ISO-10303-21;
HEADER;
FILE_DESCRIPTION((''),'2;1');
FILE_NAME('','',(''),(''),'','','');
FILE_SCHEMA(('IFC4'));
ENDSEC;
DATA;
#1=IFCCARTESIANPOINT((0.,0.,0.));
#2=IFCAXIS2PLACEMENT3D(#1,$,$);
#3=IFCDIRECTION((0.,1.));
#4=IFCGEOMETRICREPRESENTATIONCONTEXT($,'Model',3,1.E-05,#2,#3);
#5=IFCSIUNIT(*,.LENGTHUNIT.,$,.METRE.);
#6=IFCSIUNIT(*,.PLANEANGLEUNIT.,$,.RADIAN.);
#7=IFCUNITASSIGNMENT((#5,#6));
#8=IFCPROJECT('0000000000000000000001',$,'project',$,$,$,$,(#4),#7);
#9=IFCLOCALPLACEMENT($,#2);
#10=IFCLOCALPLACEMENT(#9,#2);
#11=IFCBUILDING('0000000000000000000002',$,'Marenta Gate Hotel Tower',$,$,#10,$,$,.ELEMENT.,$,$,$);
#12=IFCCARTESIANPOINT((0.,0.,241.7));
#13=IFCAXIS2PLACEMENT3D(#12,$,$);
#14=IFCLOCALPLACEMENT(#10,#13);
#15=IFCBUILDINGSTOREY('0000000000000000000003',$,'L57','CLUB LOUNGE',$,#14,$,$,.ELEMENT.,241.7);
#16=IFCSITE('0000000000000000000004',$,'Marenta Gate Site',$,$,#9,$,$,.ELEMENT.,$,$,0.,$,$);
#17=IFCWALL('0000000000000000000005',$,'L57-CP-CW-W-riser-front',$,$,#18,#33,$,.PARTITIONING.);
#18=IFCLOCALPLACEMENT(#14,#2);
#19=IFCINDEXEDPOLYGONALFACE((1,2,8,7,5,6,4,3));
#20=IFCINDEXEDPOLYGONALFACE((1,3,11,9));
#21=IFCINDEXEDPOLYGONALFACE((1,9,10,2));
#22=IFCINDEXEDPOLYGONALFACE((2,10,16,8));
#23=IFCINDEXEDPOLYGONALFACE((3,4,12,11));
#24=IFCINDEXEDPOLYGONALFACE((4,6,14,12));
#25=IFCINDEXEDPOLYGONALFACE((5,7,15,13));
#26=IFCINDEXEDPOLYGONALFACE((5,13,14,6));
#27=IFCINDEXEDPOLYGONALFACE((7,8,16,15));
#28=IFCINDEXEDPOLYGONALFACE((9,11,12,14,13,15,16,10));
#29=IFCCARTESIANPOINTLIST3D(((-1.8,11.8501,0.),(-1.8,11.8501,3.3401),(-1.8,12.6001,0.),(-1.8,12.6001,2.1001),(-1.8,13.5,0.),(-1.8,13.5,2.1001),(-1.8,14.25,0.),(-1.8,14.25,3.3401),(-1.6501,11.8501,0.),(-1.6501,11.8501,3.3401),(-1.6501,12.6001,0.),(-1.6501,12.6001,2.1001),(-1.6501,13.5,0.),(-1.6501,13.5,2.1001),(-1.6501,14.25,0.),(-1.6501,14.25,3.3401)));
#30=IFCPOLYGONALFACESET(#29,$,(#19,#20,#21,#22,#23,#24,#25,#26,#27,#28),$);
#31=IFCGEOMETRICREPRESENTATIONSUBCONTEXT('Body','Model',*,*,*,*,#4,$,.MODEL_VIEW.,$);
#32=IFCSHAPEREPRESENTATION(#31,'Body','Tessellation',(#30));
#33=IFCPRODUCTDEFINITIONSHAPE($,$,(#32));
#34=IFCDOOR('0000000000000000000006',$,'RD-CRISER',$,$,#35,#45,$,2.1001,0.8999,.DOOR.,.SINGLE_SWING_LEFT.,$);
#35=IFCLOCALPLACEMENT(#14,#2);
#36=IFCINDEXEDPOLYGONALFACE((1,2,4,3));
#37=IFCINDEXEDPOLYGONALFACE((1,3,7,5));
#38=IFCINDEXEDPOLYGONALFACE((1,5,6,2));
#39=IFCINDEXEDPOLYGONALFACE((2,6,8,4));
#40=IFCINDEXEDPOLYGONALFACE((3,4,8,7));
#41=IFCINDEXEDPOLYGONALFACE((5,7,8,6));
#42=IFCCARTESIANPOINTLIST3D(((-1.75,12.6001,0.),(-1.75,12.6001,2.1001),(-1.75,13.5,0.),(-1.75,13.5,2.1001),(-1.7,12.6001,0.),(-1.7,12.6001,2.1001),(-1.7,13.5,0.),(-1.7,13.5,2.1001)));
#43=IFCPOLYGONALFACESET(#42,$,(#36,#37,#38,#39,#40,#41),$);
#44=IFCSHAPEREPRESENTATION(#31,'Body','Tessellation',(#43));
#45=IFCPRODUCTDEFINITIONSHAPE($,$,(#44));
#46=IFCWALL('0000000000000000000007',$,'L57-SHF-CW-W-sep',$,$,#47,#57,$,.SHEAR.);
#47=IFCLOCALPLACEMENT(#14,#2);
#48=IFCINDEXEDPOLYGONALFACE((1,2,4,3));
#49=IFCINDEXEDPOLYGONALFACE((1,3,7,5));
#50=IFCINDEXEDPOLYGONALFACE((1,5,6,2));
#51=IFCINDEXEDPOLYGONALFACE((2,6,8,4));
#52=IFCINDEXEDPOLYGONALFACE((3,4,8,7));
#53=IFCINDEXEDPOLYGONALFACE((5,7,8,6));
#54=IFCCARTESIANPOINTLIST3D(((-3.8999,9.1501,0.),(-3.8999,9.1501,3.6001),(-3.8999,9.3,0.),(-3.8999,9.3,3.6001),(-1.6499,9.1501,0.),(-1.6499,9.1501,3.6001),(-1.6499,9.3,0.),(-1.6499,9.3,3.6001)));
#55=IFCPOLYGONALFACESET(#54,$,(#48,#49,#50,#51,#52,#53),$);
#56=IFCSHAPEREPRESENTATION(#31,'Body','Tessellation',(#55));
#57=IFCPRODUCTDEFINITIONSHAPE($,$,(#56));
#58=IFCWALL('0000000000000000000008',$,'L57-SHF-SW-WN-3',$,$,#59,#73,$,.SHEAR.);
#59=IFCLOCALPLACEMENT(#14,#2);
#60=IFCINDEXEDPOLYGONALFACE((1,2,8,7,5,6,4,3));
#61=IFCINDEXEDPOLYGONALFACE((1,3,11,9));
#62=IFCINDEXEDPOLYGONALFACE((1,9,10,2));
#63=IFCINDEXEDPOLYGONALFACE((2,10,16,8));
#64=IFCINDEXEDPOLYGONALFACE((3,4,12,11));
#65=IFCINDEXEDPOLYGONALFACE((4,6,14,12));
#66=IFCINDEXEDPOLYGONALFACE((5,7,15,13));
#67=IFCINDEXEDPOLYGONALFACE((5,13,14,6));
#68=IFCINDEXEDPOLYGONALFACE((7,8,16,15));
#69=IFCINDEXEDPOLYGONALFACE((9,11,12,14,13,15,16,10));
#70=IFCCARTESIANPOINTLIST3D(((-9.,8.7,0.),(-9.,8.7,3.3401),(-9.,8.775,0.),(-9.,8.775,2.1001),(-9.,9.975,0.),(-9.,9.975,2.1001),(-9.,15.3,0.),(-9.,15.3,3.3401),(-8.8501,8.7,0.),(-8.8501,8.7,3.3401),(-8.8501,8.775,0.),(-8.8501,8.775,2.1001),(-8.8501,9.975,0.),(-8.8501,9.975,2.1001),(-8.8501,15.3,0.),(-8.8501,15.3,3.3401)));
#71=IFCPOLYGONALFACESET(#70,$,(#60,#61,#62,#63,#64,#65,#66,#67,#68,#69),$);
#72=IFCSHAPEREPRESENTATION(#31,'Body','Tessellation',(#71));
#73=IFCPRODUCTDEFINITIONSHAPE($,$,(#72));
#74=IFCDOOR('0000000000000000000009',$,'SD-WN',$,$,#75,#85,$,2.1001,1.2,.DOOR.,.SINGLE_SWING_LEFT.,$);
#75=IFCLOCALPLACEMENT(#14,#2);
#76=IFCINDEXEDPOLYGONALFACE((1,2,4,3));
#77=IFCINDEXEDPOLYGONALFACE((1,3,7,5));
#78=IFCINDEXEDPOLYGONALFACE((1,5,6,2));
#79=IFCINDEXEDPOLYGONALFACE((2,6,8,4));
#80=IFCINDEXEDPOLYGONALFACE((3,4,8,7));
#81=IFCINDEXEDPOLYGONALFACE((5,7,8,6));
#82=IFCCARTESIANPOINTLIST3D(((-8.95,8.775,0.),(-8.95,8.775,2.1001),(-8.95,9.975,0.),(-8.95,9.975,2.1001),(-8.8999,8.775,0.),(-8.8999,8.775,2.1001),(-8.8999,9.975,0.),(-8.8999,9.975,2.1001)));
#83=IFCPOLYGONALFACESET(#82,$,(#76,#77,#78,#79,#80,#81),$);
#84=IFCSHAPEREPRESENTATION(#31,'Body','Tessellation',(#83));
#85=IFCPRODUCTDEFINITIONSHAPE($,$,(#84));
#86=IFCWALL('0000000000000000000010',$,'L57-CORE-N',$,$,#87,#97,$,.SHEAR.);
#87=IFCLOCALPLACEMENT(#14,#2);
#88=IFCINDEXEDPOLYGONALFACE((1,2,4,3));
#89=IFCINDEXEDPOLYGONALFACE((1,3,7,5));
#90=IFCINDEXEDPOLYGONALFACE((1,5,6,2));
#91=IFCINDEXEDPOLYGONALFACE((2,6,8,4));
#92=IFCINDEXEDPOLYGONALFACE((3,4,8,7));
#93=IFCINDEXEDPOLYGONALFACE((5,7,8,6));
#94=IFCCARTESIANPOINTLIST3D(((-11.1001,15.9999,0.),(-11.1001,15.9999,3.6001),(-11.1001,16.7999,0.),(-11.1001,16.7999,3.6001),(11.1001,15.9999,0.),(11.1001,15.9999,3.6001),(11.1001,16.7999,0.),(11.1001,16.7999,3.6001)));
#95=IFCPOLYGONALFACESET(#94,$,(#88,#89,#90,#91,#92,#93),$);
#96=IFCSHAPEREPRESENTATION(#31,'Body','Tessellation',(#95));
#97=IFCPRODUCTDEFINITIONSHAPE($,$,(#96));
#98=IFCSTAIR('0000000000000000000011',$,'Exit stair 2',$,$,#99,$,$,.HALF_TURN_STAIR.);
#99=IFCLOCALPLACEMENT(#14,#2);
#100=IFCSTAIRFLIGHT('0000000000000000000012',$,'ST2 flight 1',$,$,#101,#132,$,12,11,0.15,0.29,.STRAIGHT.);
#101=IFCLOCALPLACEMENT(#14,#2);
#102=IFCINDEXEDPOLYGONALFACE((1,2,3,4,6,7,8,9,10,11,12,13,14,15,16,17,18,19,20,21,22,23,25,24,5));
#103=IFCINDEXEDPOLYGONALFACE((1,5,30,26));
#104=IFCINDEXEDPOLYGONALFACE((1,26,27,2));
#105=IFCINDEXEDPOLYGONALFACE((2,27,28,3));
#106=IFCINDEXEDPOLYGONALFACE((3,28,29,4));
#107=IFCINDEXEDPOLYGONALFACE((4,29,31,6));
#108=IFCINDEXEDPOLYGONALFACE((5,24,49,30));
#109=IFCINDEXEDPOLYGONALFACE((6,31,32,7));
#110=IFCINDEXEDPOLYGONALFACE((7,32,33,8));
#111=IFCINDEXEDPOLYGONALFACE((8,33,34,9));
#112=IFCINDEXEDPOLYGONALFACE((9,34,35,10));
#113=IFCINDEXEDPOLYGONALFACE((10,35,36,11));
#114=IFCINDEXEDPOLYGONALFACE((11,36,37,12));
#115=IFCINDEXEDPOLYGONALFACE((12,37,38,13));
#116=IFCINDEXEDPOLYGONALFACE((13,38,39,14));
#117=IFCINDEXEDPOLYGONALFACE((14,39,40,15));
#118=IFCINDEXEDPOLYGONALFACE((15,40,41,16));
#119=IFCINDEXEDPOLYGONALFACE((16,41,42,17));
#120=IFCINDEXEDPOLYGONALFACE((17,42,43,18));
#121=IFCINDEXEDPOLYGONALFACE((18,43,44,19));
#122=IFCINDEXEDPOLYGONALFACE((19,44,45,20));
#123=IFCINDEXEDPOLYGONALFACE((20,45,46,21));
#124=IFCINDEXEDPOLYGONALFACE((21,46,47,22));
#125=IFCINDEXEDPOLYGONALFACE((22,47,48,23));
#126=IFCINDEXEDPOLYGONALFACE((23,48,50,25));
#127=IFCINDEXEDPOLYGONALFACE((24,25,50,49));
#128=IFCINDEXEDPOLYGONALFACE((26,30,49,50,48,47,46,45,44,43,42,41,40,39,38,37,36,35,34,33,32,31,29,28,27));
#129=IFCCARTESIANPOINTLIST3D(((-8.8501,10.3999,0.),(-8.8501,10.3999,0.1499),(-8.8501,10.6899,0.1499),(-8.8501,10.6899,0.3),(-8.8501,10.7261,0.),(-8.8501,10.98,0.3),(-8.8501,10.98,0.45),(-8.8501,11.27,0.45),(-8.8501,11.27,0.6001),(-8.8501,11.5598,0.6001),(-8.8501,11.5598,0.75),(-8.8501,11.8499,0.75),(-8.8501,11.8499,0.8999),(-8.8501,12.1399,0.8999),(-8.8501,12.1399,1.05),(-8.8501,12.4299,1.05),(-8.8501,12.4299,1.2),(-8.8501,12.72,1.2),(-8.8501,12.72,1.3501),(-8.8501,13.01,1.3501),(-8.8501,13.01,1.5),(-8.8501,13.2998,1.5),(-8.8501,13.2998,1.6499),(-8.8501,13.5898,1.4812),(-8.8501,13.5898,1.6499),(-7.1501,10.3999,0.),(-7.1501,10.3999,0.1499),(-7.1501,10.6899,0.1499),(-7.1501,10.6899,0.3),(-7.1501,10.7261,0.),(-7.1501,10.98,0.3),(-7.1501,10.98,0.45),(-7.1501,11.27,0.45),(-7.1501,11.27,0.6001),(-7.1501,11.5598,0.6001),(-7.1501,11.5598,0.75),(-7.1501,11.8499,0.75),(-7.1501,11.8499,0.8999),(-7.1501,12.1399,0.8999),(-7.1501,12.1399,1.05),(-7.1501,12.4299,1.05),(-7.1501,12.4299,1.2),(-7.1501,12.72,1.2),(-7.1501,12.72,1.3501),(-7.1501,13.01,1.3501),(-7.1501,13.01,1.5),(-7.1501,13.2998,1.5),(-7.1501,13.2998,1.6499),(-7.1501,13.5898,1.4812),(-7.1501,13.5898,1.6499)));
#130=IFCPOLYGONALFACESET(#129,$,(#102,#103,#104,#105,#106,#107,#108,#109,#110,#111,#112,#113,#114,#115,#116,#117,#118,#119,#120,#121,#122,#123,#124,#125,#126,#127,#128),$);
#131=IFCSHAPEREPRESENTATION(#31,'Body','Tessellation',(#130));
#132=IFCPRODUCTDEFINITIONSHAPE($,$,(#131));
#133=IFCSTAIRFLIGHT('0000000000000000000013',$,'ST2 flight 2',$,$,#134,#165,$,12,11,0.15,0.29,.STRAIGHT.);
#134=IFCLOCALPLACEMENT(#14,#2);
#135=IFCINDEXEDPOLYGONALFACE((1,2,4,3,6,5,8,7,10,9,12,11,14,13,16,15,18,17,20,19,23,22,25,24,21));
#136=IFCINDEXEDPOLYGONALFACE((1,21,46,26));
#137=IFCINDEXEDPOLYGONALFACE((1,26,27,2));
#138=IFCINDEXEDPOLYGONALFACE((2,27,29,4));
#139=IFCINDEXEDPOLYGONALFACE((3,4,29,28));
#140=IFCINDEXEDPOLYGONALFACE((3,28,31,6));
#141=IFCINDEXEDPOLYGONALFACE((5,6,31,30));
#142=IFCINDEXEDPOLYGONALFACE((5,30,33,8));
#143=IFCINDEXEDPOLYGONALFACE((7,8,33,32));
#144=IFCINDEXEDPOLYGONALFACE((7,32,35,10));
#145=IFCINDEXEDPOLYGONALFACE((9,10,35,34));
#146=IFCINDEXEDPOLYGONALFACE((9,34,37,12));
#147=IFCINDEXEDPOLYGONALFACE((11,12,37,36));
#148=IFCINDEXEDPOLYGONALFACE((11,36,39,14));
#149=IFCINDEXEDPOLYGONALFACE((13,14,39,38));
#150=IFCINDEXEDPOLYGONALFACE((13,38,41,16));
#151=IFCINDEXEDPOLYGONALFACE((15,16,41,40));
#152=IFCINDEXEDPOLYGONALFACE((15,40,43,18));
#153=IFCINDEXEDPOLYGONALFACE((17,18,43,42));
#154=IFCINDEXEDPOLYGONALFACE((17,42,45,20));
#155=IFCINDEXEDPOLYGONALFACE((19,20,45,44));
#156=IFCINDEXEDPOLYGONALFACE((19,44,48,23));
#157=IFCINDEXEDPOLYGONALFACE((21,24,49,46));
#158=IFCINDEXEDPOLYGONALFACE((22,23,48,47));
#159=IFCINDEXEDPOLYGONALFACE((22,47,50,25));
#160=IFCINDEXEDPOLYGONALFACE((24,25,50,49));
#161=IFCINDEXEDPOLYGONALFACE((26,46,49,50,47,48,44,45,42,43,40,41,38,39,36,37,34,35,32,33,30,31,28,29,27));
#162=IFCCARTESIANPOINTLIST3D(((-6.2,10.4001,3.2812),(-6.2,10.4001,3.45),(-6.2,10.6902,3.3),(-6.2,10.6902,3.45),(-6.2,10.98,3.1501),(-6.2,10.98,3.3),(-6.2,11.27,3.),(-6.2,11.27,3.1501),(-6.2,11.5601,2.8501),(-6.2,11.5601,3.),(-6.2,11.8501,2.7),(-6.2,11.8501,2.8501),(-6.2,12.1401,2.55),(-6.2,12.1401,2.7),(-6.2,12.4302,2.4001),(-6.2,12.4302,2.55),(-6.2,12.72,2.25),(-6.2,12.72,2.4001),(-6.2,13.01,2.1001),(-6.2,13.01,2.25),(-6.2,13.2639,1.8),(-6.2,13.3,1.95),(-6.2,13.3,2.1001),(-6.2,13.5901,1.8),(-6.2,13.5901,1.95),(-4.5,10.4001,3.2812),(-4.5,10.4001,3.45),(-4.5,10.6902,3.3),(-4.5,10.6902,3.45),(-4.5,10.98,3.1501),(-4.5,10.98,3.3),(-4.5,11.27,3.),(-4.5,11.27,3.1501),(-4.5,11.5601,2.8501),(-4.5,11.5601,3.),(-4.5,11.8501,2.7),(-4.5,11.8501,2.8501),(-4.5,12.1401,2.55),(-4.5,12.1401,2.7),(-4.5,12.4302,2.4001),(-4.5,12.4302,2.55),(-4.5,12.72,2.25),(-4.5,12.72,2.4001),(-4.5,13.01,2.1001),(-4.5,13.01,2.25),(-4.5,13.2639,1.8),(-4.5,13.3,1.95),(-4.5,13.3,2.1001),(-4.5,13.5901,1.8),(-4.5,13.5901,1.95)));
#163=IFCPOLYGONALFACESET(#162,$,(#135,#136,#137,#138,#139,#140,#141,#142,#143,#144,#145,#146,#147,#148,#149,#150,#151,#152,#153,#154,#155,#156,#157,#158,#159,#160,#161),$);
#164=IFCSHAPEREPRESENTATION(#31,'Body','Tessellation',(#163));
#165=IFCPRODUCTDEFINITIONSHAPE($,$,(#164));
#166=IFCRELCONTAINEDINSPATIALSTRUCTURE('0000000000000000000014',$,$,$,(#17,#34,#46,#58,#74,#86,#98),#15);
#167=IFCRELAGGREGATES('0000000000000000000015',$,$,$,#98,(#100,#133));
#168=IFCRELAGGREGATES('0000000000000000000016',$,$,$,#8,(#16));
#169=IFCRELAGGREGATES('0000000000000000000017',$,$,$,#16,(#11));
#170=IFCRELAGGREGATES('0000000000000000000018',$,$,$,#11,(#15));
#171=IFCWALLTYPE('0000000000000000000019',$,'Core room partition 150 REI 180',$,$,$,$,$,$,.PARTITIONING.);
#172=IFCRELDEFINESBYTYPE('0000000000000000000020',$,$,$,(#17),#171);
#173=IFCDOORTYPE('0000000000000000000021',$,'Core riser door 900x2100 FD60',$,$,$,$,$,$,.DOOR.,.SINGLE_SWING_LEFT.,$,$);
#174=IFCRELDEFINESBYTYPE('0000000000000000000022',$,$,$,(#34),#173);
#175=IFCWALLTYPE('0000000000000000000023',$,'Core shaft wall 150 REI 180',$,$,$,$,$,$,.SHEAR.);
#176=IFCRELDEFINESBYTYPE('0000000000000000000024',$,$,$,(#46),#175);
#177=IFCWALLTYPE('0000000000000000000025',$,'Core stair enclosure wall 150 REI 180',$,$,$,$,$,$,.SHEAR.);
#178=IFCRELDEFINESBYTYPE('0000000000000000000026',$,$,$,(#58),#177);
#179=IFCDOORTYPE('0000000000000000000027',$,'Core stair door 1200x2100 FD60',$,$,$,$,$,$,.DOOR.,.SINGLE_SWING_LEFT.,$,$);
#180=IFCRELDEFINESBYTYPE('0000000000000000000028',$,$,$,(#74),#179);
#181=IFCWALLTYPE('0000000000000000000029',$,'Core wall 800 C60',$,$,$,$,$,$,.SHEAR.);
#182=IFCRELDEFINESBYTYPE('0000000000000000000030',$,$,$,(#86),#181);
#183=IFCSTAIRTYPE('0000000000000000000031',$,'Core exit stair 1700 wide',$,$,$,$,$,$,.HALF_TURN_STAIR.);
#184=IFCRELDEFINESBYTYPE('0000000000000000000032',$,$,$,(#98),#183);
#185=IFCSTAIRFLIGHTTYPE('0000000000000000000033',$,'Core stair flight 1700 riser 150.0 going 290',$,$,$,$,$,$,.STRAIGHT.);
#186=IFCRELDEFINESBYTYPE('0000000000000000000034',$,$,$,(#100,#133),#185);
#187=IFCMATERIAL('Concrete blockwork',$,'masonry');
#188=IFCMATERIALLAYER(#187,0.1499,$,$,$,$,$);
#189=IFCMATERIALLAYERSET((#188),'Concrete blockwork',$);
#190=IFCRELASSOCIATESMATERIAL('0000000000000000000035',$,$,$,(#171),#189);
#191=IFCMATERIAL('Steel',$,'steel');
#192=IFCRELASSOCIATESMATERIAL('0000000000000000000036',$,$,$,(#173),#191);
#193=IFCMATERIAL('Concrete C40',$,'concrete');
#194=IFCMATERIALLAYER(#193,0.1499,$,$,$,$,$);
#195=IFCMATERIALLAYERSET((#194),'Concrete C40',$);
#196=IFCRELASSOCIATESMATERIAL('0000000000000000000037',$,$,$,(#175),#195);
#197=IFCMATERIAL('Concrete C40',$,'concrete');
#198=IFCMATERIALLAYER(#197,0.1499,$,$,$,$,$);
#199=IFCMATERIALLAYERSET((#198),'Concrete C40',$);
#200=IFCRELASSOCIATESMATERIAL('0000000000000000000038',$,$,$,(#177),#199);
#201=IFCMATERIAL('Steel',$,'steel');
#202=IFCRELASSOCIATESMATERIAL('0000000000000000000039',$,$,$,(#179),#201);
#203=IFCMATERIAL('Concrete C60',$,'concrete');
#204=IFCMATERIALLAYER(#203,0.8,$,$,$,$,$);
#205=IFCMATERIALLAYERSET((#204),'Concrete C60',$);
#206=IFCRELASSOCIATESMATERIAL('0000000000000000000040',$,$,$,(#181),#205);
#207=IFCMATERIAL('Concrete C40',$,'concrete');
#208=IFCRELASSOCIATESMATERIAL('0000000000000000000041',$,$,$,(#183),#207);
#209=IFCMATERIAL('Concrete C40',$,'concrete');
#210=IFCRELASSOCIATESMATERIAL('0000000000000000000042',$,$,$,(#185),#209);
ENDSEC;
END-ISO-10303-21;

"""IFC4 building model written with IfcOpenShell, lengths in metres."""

from ifc_helpers import new_model, si_unit, direction, frame, frame_2d, origin, place, context, subcontext, project, spatial, polyline, rectangle, outline, extrude, material, layer, layer_set, type_object, element, fill, aggregate, save


model = new_model("IFC4")

# Units and contexts
model_context = context("Model", 3, precision=1e-05, world=origin(), true_north=direction((0.0, 1.0)))
body_context = subcontext(model_context, "Body", "Model", "MODEL_VIEW")
ifc_project = project(units=[si_unit("LENGTHUNIT", "METRE"), si_unit("PLANEANGLEUNIT", "RADIAN")], contexts=[model_context])

# Site, building, storey
site_placement = place(None, origin())
site = spatial("IfcSite", under=ifc_project, at=site_placement, Name="Marenta Gate Site", CompositionType="ELEMENT", RefElevation=0.0)
building_placement = place(site_placement, origin())
building = spatial("IfcBuilding", under=site, at=building_placement, Name="Marenta Gate Hotel Tower", CompositionType="ELEMENT")
storey_placement = place(building_placement, frame((0.0, 0.0, 241.7)))
storey = spatial("IfcBuildingStorey", under=building, at=storey_placement, Name="L57", Description="CLUB LOUNGE", CompositionType="ELEMENT", Elevation=241.7)

# Wall, opening, door
ifc_material_1 = material(Name="Concrete blockwork", Category="masonry")
ifc_layer_1 = layer(ifc_material_1, 0.1499)
ifc_layer_set_1 = layer_set([ifc_layer_1], Name="Concrete blockwork")
wall_type_1 = type_object("IfcWallType", Name="Core room partition 150 REI 180", PredefinedType="PARTITIONING", material=ifc_layer_set_1)
wall_1_placement = place(storey_placement, frame((-1.7251, 11.8501, 0.0), z_axis=(0.0, 0.0, 1.0), x_axis=(0.0, 1.0, 0.0)))
wall_1 = element("IfcWall", 1, at=wall_1_placement, inside=storey, type_object=wall_type_1, Name="L57-CP-CW-W-riser-front", PredefinedType="PARTITIONING", context=body_context, shape_type="SweptSolid", body=[
    extrude(rectangle(XDim=2.3999, YDim=0.1499, at=frame_2d((1.2, 0.0))), origin(), (0.0, 0.0, 1.0), 3.3401),
])
opening_1_placement = place(wall_1_placement, frame((0.75, 0.0, 0.0)))
opening_1 = element("IfcOpeningElement", 2, at=opening_1_placement, cuts=wall_1, PredefinedType="OPENING", context=body_context, shape_type="SweptSolid", body=[
    extrude(rectangle(XDim=0.8999, YDim=2.1001, at=frame_2d((0.45, 1.05))), frame((0.0, 0.075, 0.0), z_axis=(0.0, -1.0, 0.0), x_axis=(1.0, 0.0, 0.0)), (0.0, 0.0, 1.0), 0.1499),
])
ifc_material_2 = material(Name="Steel", Category="steel")
door_type_1 = type_object("IfcDoorType", Name="Core riser door 900x2100 FD60", OperationType="SINGLE_SWING_LEFT", PredefinedType="DOOR", material=ifc_material_2)
door_1_placement = place(opening_1_placement, origin())
door_1 = element("IfcDoor", 3, at=door_1_placement, inside=storey, type_object=door_type_1, Name="RD-CRISER", OperationType="SINGLE_SWING_LEFT", OverallHeight=2.1001, OverallWidth=0.8999, PredefinedType="DOOR", context=body_context, shape_type="SweptSolid", body=[
    extrude(rectangle(XDim=0.8999, YDim=2.1001, at=frame_2d((0.45, 1.05))), frame((0.0, 0.0249, 0.0), z_axis=(0.0, -1.0, 0.0), x_axis=(1.0, 0.0, 0.0)), (0.0, 0.0, 1.0), 0.05),
])
fill(opening_1, door_1)

# Wall
ifc_material_3 = material(Name="Concrete C40", Category="concrete")
ifc_layer_2 = layer(ifc_material_3, 0.1499)
ifc_layer_set_2 = layer_set([ifc_layer_2], Name="Concrete C40")
wall_type_2 = type_object("IfcWallType", Name="Core shaft wall 150 REI 180", PredefinedType="SHEAR", material=ifc_layer_set_2)
wall_2_placement = place(storey_placement, frame((-3.8999, 9.2251, 0.0), z_axis=(0.0, 0.0, 1.0), x_axis=(1.0, 0.0, 0.0)))
element("IfcWall", 4, at=wall_2_placement, inside=storey, type_object=wall_type_2, Name="L57-SHF-CW-W-sep", PredefinedType="SHEAR", context=body_context, shape_type="SweptSolid", body=[
    extrude(rectangle(XDim=2.25, YDim=0.1499, at=frame_2d((1.125, 0.0))), origin(), (0.0, 0.0, 1.0), 3.6001),
])

# Wall, opening, door
ifc_material_4 = material(Name="Concrete C40", Category="concrete")
ifc_layer_3 = layer(ifc_material_4, 0.1499)
ifc_layer_set_3 = layer_set([ifc_layer_3], Name="Concrete C40")
wall_type_3 = type_object("IfcWallType", Name="Core stair enclosure wall 150 REI 180", PredefinedType="SHEAR", material=ifc_layer_set_3)
wall_3_placement = place(storey_placement, frame((-8.925, 8.7, 0.0), z_axis=(0.0, 0.0, 1.0), x_axis=(0.0, 1.0, 0.0)))
wall_3 = element("IfcWall", 5, at=wall_3_placement, inside=storey, type_object=wall_type_3, Name="L57-SHF-SW-WN-3", PredefinedType="SHEAR", context=body_context, shape_type="SweptSolid", body=[
    extrude(rectangle(XDim=6.6001, YDim=0.1499, at=frame_2d((3.3, 0.0))), origin(), (0.0, 0.0, 1.0), 3.3401),
])
opening_2_placement = place(wall_3_placement, frame((0.075, 0.0, 0.0)))
opening_2 = element("IfcOpeningElement", 6, at=opening_2_placement, cuts=wall_3, PredefinedType="OPENING", context=body_context, shape_type="SweptSolid", body=[
    extrude(rectangle(XDim=1.2, YDim=2.1001, at=frame_2d((0.6001, 1.05))), frame((0.0, 0.075, 0.0), z_axis=(0.0, -1.0, 0.0), x_axis=(1.0, 0.0, 0.0)), (0.0, 0.0, 1.0), 0.1499),
])
ifc_material_5 = material(Name="Steel", Category="steel")
door_type_2 = type_object("IfcDoorType", Name="Core stair door 1200x2100 FD60", OperationType="SINGLE_SWING_LEFT", PredefinedType="DOOR", material=ifc_material_5)
door_2_placement = place(opening_2_placement, origin())
door_2 = element("IfcDoor", 7, at=door_2_placement, inside=storey, type_object=door_type_2, Name="SD-WN", OperationType="SINGLE_SWING_LEFT", OverallHeight=2.1001, OverallWidth=1.2, PredefinedType="DOOR", context=body_context, shape_type="SweptSolid", body=[
    extrude(rectangle(XDim=1.2, YDim=2.1001, at=frame_2d((0.6001, 1.05))), frame((0.0, 0.0249, 0.0), z_axis=(0.0, -1.0, 0.0), x_axis=(1.0, 0.0, 0.0)), (0.0, 0.0, 1.0), 0.05),
])
fill(opening_2, door_2)

# Wall
ifc_material_6 = material(Name="Concrete C60", Category="concrete")
ifc_layer_4 = layer(ifc_material_6, 0.8)
ifc_layer_set_4 = layer_set([ifc_layer_4], Name="Concrete C60")
wall_type_4 = type_object("IfcWallType", Name="Core wall 800 C60", PredefinedType="SHEAR", material=ifc_layer_set_4)
wall_4_placement = place(storey_placement, frame((-11.1001, 16.3999, 0.0), z_axis=(0.0, 0.0, 1.0), x_axis=(1.0, 0.0, 0.0)))
element("IfcWall", 8, at=wall_4_placement, inside=storey, type_object=wall_type_4, Name="L57-CORE-N", PredefinedType="SHEAR", context=body_context, shape_type="SweptSolid", body=[
    extrude(rectangle(XDim=22.2002, YDim=0.8, at=frame_2d((11.1001, 0.0))), origin(), (0.0, 0.0, 1.0), 3.6001),
])

# Stair, stair flights
ifc_material_7 = material(Name="Concrete C40", Category="concrete")
stair_type = type_object("IfcStairType", Name="Core exit stair 1700 wide", PredefinedType="HALF_TURN_STAIR", material=ifc_material_7)
stair_placement = place(storey_placement, origin())
stair = element("IfcStair", 9, at=stair_placement, inside=storey, type_object=stair_type, Name="Exit stair 2", PredefinedType="HALF_TURN_STAIR")
ifc_material_8 = material(Name="Concrete C40", Category="concrete")
stair_flight_type = type_object("IfcStairFlightType", Name="Core stair flight 1700 riser 150.0 going 290", PredefinedType="STRAIGHT", material=ifc_material_8)
stair_flight_1_placement = place(storey_placement, frame((-8.0, 10.3999, 0.0), z_axis=(0.0, 0.0, 1.0), x_axis=(0.0, 1.0, 0.0)))
stair_flight_1 = element("IfcStairFlight", 10, at=stair_flight_1_placement, type_object=stair_flight_type, Name="ST2 flight 1", NumberOfRisers=12, NumberOfTreads=11, PredefinedType="STRAIGHT", RiserHeight=0.15, TreadLength=0.29, context=body_context, shape_type="SweptSolid", body=[
    extrude(outline(polyline([(0.0, 0.0), (0.0, 0.1499), (0.29, 0.1499), (0.29, 0.3), (0.5801, 0.3), (0.5801, 0.45), (0.8701, 0.45), (0.8701, 0.6001), (1.1599, 0.6001), (1.1599, 0.75), (1.45, 0.75), (1.45, 0.8999), (1.74, 0.8999), (1.74, 1.05), (2.03, 1.05), (2.03, 1.2), (2.3201, 1.2), (2.3201, 1.3501), (2.6101, 1.3501), (2.6101, 1.5), (2.8999, 1.5), (2.8999, 1.6499), (3.1899, 1.6499), (3.1899, 1.8), (3.1899, 1.4812), (0.3262, 0.0), (0.0, 0.0)])), frame((0.0, 0.8501, 0.0), z_axis=(0.0, -1.0, 0.0), x_axis=(1.0, 0.0, 0.0)), (0.0, 0.0, 1.0), 1.7),
])
stair_flight_2_placement = place(storey_placement, frame((-5.3501, 13.5901, 1.8), z_axis=(0.0, 0.0, 1.0), x_axis=(0.0, -1.0, 0.0)))
stair_flight_2 = element("IfcStairFlight", 11, at=stair_flight_2_placement, type_object=stair_flight_type, Name="ST2 flight 2", NumberOfRisers=12, NumberOfTreads=11, PredefinedType="STRAIGHT", RiserHeight=0.15, TreadLength=0.29, context=body_context, shape_type="SweptSolid", body=[
    extrude(outline(polyline([(0.0, 0.0), (0.0, 0.1499), (0.29, 0.1499), (0.29, 0.3), (0.5801, 0.3), (0.5801, 0.45), (0.8701, 0.45), (0.8701, 0.6001), (1.1599, 0.6001), (1.1599, 0.75), (1.45, 0.75), (1.45, 0.8999), (1.74, 0.8999), (1.74, 1.05), (2.03, 1.05), (2.03, 1.2), (2.3201, 1.2), (2.3201, 1.3501), (2.6101, 1.3501), (2.6101, 1.5), (2.8999, 1.5), (2.8999, 1.6499), (3.1899, 1.6499), (3.1899, 1.8), (3.1899, 1.4812), (0.3262, 0.0), (0.0, 0.0)])), frame((0.0, 0.8501, 0.0), z_axis=(0.0, -1.0, 0.0), x_axis=(1.0, 0.0, 0.0)), (0.0, 0.0, 1.0), 1.7),
])
aggregate(stair, [stair_flight_1, stair_flight_2])

save(model, "model.ifc")
